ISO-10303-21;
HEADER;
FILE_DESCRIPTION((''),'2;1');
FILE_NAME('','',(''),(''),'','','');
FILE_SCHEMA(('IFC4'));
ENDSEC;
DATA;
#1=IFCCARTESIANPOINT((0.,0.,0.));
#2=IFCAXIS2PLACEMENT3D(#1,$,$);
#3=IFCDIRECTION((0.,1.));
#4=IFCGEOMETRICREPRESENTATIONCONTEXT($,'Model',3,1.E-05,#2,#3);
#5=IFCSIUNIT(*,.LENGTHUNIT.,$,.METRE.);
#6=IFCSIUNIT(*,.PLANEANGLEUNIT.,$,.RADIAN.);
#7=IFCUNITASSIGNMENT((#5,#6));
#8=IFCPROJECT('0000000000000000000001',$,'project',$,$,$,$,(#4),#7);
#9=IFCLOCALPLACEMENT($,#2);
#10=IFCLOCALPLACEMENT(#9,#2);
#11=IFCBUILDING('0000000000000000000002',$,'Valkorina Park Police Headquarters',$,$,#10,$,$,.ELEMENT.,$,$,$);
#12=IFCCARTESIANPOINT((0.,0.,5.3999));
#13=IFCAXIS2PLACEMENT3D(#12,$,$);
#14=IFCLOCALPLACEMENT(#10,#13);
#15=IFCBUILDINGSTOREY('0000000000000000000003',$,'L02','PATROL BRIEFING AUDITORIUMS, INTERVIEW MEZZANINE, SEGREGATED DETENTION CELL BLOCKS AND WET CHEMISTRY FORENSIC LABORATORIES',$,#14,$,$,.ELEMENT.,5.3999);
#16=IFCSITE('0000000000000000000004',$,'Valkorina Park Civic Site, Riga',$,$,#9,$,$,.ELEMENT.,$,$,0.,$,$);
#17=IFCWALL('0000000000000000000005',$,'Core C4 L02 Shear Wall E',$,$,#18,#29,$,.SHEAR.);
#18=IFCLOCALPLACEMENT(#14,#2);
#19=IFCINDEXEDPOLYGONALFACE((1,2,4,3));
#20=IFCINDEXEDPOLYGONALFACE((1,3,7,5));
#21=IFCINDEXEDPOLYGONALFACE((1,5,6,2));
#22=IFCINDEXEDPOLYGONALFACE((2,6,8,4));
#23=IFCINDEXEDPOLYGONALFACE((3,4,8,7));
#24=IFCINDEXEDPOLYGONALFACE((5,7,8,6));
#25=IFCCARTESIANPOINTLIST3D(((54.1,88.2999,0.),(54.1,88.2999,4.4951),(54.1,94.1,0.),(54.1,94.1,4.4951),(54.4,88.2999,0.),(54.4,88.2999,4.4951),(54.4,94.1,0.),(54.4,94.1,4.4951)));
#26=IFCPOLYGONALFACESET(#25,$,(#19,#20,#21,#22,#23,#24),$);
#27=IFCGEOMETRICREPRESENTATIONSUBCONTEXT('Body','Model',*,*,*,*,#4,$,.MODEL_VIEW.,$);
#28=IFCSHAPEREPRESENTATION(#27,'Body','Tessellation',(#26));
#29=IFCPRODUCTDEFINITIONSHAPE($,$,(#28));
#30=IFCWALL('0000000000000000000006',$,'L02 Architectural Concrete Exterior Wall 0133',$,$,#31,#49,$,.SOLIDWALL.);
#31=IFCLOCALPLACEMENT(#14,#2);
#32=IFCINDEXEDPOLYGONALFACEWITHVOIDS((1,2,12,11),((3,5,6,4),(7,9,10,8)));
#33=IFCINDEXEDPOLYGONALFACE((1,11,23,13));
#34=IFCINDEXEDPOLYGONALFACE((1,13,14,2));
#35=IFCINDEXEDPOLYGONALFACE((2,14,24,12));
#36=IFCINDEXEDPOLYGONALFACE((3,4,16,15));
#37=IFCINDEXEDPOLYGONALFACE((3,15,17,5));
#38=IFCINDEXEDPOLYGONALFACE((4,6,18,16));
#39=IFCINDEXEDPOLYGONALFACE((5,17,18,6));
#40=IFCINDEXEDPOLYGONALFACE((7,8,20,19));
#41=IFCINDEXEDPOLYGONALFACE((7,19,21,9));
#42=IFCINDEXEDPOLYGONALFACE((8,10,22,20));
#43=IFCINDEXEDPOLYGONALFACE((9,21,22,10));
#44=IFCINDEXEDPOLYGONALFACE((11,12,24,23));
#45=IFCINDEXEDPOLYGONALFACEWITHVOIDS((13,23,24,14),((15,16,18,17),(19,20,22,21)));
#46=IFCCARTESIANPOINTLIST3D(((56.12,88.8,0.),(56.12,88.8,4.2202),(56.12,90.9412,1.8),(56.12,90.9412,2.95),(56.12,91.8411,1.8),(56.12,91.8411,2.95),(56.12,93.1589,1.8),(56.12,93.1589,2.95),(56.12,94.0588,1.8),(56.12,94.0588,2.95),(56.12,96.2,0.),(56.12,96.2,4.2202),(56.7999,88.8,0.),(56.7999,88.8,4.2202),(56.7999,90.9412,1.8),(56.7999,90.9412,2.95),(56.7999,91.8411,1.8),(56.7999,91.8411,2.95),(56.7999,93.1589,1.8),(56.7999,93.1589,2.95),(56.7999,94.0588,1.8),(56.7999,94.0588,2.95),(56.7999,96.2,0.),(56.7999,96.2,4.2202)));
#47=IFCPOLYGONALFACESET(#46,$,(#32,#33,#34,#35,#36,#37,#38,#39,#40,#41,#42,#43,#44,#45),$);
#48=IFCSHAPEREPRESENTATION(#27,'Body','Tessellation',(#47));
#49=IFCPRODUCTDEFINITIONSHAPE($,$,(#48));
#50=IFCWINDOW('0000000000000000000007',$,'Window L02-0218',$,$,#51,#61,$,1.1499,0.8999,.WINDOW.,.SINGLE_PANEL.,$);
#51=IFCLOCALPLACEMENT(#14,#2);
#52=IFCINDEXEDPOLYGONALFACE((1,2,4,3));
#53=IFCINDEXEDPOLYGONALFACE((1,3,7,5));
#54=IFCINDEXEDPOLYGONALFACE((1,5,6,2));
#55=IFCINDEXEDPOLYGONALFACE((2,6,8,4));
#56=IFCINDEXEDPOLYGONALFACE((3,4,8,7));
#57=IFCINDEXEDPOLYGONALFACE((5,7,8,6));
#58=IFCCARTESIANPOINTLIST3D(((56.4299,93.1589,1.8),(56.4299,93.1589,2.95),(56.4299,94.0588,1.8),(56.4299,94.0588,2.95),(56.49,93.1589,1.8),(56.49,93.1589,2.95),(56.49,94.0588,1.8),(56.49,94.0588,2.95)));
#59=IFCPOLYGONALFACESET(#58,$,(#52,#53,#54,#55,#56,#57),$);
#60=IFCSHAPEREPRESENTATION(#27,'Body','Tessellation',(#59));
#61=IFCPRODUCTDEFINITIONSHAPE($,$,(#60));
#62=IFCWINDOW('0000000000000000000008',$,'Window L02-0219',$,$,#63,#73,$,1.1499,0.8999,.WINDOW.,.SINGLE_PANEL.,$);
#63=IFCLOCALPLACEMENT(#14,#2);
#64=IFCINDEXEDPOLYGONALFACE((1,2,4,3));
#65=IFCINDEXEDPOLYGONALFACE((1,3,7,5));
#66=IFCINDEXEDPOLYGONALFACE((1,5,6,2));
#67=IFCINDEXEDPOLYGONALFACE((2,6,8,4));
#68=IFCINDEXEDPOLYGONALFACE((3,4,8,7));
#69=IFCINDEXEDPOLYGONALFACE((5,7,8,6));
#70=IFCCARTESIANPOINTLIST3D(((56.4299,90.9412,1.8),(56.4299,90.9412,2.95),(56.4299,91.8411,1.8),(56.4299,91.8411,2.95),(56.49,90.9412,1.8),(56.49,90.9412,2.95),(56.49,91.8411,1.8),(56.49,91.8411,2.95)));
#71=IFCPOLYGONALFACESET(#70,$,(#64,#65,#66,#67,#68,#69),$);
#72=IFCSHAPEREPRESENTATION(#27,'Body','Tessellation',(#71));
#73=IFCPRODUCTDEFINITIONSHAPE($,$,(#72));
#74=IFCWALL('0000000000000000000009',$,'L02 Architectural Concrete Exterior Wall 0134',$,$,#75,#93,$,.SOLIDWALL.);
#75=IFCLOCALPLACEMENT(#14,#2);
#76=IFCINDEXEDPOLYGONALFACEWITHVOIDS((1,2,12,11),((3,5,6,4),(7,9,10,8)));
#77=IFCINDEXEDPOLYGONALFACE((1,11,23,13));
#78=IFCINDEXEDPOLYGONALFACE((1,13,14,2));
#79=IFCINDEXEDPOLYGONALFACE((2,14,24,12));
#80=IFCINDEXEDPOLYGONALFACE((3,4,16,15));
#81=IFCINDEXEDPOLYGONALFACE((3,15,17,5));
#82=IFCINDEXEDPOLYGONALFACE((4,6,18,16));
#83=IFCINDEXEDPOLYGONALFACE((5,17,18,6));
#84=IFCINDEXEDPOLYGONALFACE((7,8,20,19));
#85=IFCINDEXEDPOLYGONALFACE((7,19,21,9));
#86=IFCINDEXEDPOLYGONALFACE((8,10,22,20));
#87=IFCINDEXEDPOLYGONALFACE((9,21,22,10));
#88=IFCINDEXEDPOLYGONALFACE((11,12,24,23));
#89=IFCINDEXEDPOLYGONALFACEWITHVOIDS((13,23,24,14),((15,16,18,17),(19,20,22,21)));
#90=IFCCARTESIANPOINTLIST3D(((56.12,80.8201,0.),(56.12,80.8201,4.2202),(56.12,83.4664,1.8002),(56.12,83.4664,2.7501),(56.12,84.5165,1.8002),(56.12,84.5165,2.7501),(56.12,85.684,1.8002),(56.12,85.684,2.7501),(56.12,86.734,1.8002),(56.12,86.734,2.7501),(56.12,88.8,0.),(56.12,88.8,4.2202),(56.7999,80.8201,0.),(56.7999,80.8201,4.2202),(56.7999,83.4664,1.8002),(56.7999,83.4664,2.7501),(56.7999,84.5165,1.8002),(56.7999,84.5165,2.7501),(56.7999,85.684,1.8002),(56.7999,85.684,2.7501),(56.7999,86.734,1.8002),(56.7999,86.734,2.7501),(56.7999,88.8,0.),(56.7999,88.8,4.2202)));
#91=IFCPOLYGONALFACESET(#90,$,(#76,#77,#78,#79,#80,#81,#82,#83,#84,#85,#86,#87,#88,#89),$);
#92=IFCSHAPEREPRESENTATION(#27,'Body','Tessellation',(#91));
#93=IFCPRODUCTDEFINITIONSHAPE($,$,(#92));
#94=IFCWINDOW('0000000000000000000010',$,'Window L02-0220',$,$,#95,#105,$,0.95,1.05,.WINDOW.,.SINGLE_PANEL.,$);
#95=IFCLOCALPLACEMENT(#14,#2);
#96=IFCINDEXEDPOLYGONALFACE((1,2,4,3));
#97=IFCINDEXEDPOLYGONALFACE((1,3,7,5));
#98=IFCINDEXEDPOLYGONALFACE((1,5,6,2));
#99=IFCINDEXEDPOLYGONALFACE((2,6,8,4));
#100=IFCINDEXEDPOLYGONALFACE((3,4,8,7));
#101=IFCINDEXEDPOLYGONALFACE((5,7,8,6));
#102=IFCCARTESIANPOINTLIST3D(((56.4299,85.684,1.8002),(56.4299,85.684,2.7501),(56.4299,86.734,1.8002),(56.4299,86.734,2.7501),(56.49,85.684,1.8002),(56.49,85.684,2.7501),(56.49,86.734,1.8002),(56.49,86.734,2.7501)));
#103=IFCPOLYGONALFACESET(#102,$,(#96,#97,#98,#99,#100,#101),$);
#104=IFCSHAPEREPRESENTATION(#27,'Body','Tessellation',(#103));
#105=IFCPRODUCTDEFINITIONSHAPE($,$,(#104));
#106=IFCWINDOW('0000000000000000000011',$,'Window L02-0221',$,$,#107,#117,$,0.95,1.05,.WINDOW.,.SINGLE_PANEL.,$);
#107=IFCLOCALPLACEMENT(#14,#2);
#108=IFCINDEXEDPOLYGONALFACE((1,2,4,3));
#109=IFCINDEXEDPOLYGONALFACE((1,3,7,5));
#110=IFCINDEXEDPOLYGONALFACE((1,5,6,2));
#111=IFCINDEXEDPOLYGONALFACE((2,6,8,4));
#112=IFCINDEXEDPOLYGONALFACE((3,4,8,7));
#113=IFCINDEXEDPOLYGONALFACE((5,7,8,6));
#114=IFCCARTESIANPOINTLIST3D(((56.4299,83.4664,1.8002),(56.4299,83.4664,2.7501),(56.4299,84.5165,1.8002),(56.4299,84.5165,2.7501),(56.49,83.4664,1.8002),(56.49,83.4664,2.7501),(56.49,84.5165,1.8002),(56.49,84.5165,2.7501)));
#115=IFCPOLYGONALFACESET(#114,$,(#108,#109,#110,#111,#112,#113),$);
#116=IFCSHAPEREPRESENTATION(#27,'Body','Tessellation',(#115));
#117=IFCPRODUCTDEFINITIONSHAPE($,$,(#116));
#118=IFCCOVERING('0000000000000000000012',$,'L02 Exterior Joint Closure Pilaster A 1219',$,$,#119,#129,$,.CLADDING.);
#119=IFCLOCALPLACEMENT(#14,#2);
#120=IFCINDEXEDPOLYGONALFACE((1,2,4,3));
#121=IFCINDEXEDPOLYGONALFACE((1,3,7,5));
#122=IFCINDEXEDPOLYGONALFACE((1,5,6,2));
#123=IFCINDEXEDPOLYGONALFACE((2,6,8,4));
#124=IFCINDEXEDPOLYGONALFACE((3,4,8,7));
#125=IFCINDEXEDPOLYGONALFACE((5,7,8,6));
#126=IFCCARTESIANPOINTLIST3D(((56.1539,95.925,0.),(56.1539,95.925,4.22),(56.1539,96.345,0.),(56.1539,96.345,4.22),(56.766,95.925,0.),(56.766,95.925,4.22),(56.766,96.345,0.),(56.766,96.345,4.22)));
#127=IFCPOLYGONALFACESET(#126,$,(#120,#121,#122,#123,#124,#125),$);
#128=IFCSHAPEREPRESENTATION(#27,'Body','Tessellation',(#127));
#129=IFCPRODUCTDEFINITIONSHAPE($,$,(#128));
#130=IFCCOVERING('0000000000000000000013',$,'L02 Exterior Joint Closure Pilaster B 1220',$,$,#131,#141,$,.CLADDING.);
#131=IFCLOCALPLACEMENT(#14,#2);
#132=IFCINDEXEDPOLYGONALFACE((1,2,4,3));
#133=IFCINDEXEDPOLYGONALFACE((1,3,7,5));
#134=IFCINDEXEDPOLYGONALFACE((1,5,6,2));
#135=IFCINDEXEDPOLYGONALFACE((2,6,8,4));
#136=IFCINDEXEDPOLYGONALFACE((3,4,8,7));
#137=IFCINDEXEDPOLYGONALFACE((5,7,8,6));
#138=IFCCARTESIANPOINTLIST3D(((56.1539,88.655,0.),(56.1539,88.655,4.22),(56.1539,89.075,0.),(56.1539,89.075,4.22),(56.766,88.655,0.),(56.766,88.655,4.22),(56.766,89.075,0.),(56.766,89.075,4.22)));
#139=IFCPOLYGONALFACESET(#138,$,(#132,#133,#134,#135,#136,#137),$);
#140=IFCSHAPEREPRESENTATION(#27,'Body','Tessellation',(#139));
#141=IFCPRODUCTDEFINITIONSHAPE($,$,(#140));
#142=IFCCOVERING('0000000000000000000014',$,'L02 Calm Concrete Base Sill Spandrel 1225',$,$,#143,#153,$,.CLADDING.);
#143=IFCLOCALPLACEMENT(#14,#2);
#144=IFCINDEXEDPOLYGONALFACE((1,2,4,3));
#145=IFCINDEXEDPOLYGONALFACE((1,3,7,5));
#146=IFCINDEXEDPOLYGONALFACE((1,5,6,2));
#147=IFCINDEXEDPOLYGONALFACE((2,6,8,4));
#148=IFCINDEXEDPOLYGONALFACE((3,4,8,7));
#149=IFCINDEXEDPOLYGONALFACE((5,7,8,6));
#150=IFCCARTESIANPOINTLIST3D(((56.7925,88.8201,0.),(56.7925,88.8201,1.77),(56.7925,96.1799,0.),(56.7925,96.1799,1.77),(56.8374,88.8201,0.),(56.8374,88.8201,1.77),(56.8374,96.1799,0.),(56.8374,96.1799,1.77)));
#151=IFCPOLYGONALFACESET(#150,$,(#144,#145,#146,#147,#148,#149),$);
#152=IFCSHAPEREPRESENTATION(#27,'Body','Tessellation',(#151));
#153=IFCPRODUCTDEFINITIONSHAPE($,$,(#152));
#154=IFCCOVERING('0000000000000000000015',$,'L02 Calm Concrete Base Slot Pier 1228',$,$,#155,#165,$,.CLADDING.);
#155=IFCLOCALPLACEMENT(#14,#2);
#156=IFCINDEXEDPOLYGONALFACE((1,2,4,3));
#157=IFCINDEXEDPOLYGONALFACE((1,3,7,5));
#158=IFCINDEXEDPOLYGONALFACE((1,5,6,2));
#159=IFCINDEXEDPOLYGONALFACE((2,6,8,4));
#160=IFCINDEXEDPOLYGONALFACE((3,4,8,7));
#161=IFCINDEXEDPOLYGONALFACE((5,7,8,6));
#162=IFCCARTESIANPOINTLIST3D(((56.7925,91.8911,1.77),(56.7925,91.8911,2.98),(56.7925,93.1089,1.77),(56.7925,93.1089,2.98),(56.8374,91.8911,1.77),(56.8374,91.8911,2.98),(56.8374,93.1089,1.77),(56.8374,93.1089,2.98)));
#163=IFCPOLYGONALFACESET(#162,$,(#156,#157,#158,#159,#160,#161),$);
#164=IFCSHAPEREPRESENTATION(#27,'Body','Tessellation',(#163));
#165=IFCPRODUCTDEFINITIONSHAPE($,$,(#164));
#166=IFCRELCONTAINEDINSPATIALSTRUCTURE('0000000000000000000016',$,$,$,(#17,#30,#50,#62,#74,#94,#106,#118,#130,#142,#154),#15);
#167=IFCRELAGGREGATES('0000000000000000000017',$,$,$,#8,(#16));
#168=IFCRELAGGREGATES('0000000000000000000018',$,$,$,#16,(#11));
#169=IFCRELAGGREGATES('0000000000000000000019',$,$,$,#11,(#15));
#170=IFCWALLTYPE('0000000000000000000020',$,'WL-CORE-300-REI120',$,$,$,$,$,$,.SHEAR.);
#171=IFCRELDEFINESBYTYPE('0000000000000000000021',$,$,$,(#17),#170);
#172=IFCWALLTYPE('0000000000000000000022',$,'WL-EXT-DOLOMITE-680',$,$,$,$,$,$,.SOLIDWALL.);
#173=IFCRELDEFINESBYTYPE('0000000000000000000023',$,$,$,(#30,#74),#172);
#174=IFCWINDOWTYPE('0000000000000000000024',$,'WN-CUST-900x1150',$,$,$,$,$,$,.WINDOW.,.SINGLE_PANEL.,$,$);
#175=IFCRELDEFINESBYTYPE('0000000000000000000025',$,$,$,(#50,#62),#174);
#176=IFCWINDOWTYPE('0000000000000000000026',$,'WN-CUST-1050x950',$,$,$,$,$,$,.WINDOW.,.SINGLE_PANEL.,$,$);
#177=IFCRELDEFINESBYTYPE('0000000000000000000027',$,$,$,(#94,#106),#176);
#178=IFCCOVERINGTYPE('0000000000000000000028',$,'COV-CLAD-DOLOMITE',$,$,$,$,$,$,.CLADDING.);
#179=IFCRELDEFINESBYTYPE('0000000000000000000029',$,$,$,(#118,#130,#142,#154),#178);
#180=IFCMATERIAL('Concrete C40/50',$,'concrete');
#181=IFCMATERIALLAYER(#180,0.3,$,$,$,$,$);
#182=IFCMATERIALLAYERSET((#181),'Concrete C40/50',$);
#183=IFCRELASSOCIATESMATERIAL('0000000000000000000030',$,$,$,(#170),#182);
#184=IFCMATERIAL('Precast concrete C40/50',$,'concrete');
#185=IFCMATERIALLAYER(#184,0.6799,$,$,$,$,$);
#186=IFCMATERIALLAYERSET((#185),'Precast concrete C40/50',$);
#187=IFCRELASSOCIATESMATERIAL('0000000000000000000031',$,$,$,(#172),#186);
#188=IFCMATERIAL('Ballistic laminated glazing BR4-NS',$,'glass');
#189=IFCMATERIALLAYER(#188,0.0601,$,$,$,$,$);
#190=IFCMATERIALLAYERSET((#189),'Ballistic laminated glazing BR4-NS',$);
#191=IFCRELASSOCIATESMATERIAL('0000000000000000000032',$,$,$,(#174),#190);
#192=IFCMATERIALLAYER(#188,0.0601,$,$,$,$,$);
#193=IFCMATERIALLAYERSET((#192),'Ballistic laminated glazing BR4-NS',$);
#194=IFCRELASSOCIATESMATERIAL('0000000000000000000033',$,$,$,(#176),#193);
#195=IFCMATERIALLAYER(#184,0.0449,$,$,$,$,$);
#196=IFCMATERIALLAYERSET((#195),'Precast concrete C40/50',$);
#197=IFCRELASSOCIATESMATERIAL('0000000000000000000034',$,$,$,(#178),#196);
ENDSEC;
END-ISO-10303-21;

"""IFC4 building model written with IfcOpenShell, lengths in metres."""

from ifc_helpers import new_model, si_unit, direction, frame, frame_2d, origin, origin_2d, place, context, subcontext, project, spatial, rectangle, extrude, material, layer, layer_set, type_object, element, fill, save


model = new_model("IFC4")

# Units and contexts
model_context = context("Model", 3, precision=1e-05, world=origin(), true_north=direction((0.0, 1.0)))
body_context = subcontext(model_context, "Body", "Model", "MODEL_VIEW")
ifc_project = project(units=[si_unit("LENGTHUNIT", "METRE"), si_unit("PLANEANGLEUNIT", "RADIAN")], contexts=[model_context])

# Site, building, storey
site_placement = place(None, origin())
site = spatial("IfcSite", under=ifc_project, at=site_placement, Name="Valkorina Park Civic Site, Riga", CompositionType="ELEMENT", RefElevation=0.0)
building_placement = place(site_placement, origin())
building = spatial("IfcBuilding", under=site, at=building_placement, Name="Valkorina Park Police Headquarters", CompositionType="ELEMENT")
storey_placement = place(building_placement, frame((0.0, 0.0, 5.3999)))
storey = spatial("IfcBuildingStorey", under=building, at=storey_placement, Name="L02", Description="PATROL BRIEFING AUDITORIUMS, INTERVIEW MEZZANINE, SEGREGATED DETENTION CELL BLOCKS AND WET CHEMISTRY FORENSIC LABORATORIES", CompositionType="ELEMENT", Elevation=5.3999)

# Wall
ifc_material_1 = material(Name="Concrete C40/50", Category="concrete")
ifc_layer_1 = layer(ifc_material_1, 0.3)
ifc_layer_set_1 = layer_set([ifc_layer_1], Name="Concrete C40/50")
wall_type_1 = type_object("IfcWallType", Name="WL-CORE-300-REI120", PredefinedType="SHEAR", material=ifc_layer_set_1)
wall_1_placement = place(storey_placement, frame((54.25, 88.3, 0.0), z_axis=(0.0, 0.0, 1.0), x_axis=(0.0, 1.0, 0.0)))
element("IfcWall", 1, at=wall_1_placement, inside=storey, type_object=wall_type_1, Name="Core C4 L02 Shear Wall E", PredefinedType="SHEAR", context=body_context, shape_type="SweptSolid", body=[
    extrude(rectangle(XDim=5.8, YDim=0.3, at=frame_2d((2.8999, 0.0))), origin(), (0.0, 0.0, 1.0), 4.4951),
])

# Walls, openings, windows
ifc_material_2 = material(Name="Precast concrete C40/50", Category="concrete")
ifc_layer_2 = layer(ifc_material_2, 0.6799)
ifc_layer_set_2 = layer_set([ifc_layer_2], Name="Precast concrete C40/50")
wall_type_2 = type_object("IfcWallType", Name="WL-EXT-DOLOMITE-680", PredefinedType="SOLIDWALL", material=ifc_layer_set_2)
wall_2_placement = place(storey_placement, frame((56.46, 96.2, 0.0), z_axis=(0.0, 0.0, 1.0), x_axis=(0.0, -1.0, 0.0)))
wall_2 = element("IfcWall", 2, at=wall_2_placement, inside=storey, type_object=wall_type_2, Name="L02 Architectural Concrete Exterior Wall 0133", PredefinedType="SOLIDWALL", context=body_context, shape_type="SweptSolid", body=[
    extrude(rectangle(XDim=7.3999, YDim=0.6799, at=frame_2d((3.7, 0.0))), origin(), (0.0, 0.0, 1.0), 4.2202),
])
opening_1_placement = place(wall_2_placement, frame((2.1411, 0.0, 1.8)))
opening_1 = element("IfcOpeningElement", 3, at=opening_1_placement, cuts=wall_2, PredefinedType="OPENING", context=body_context, shape_type="SweptSolid", body=[
    extrude(rectangle(XDim=0.8999, YDim=1.1499, at=frame_2d((0.45, 0.575))), frame((0.0, 0.3501, 0.0), z_axis=(0.0, -1.0, 0.0), x_axis=(1.0, 0.0, 0.0)), (0.0, 0.0, 1.0), 0.7),
])
opening_2_placement = place(wall_2_placement, frame((4.3589, 0.0, 1.8)))
opening_2 = element("IfcOpeningElement", 4, at=opening_2_placement, cuts=wall_2, PredefinedType="OPENING", context=body_context, shape_type="SweptSolid", body=[
    extrude(rectangle(XDim=0.8999, YDim=1.1499, at=frame_2d((0.45, 0.575))), frame((0.0, 0.3501, 0.0), z_axis=(0.0, -1.0, 0.0), x_axis=(1.0, 0.0, 0.0)), (0.0, 0.0, 1.0), 0.7),
])
ifc_material_3 = material(Name="Ballistic laminated glazing BR4-NS", Category="glass")
ifc_layer_3 = layer(ifc_material_3, 0.0601)
ifc_layer_set_3 = layer_set([ifc_layer_3], Name="Ballistic laminated glazing BR4-NS")
window_type_1 = type_object("IfcWindowType", Name="WN-CUST-900x1150", PartitioningType="SINGLE_PANEL", PredefinedType="WINDOW", material=ifc_layer_set_3)
window_1_placement = place(opening_1_placement, origin())
window_1 = element("IfcWindow", 5, at=window_1_placement, inside=storey, type_object=window_type_1, Name="Window L02-0218", OverallHeight=1.1499, OverallWidth=0.8999, PartitioningType="SINGLE_PANEL", PredefinedType="WINDOW", context=body_context, shape_type="SweptSolid", body=[
    extrude(rectangle(XDim=0.8999, YDim=1.1499, at=frame_2d((0.45, 0.575))), frame((0.0, 0.03, 0.0), z_axis=(0.0, -1.0, 0.0), x_axis=(1.0, 0.0, 0.0)), (0.0, 0.0, 1.0), 0.0601),
])
fill(opening_1, window_1)
window_2_placement = place(opening_2_placement, origin())
window_2 = element("IfcWindow", 6, at=window_2_placement, inside=storey, type_object=window_type_1, Name="Window L02-0219", OverallHeight=1.1499, OverallWidth=0.8999, PartitioningType="SINGLE_PANEL", PredefinedType="WINDOW", context=body_context, shape_type="SweptSolid", body=[
    extrude(rectangle(XDim=0.8999, YDim=1.1499, at=frame_2d((0.45, 0.575))), frame((0.0, 0.03, 0.0), z_axis=(0.0, -1.0, 0.0), x_axis=(1.0, 0.0, 0.0)), (0.0, 0.0, 1.0), 0.0601),
])
fill(opening_2, window_2)
wall_3_placement = place(storey_placement, frame((56.46, 88.8, 0.0), z_axis=(0.0, 0.0, 1.0), x_axis=(0.0, -1.0, 0.0)))
wall_3 = element("IfcWall", 7, at=wall_3_placement, inside=storey, type_object=wall_type_2, Name="L02 Architectural Concrete Exterior Wall 0134", PredefinedType="SOLIDWALL", context=body_context, shape_type="SweptSolid", body=[
    extrude(rectangle(XDim=7.98, YDim=0.6799, at=frame_2d((3.99, 0.0))), origin(), (0.0, 0.0, 1.0), 4.2202),
])
opening_3_placement = place(wall_3_placement, frame((2.0662, 0.0, 1.8)))
opening_3 = element("IfcOpeningElement", 8, at=opening_3_placement, cuts=wall_3, PredefinedType="OPENING", context=body_context, shape_type="SweptSolid", body=[
    extrude(rectangle(XDim=1.05, YDim=0.95, at=frame_2d((0.5249, 0.4751))), frame((0.0, 0.3501, 0.0), z_axis=(0.0, -1.0, 0.0), x_axis=(1.0, 0.0, 0.0)), (0.0, 0.0, 1.0), 0.7),
])
opening_4_placement = place(wall_3_placement, frame((4.2837, 0.0, 1.8)))
opening_4 = element("IfcOpeningElement", 9, at=opening_4_placement, cuts=wall_3, PredefinedType="OPENING", context=body_context, shape_type="SweptSolid", body=[
    extrude(rectangle(XDim=1.05, YDim=0.95, at=frame_2d((0.5249, 0.4751))), frame((0.0, 0.3501, 0.0), z_axis=(0.0, -1.0, 0.0), x_axis=(1.0, 0.0, 0.0)), (0.0, 0.0, 1.0), 0.7),
])
ifc_layer_4 = layer(ifc_material_3, 0.0601)
ifc_layer_set_4 = layer_set([ifc_layer_4], Name="Ballistic laminated glazing BR4-NS")
window_type_2 = type_object("IfcWindowType", Name="WN-CUST-1050x950", PartitioningType="SINGLE_PANEL", PredefinedType="WINDOW", material=ifc_layer_set_4)
window_3_placement = place(opening_3_placement, origin())
window_3 = element("IfcWindow", 10, at=window_3_placement, inside=storey, type_object=window_type_2, Name="Window L02-0220", OverallHeight=0.95, OverallWidth=1.05, PartitioningType="SINGLE_PANEL", PredefinedType="WINDOW", context=body_context, shape_type="SweptSolid", body=[
    extrude(rectangle(XDim=1.05, YDim=0.95, at=frame_2d((0.5249, 0.4751))), frame((0.0, 0.03, 0.0), z_axis=(0.0, -1.0, 0.0), x_axis=(1.0, 0.0, 0.0)), (0.0, 0.0, 1.0), 0.0601),
])
fill(opening_3, window_3)
window_4_placement = place(opening_4_placement, origin())
window_4 = element("IfcWindow", 11, at=window_4_placement, inside=storey, type_object=window_type_2, Name="Window L02-0221", OverallHeight=0.95, OverallWidth=1.05, PartitioningType="SINGLE_PANEL", PredefinedType="WINDOW", context=body_context, shape_type="SweptSolid", body=[
    extrude(rectangle(XDim=1.05, YDim=0.95, at=frame_2d((0.5249, 0.4751))), frame((0.0, 0.03, 0.0), z_axis=(0.0, -1.0, 0.0), x_axis=(1.0, 0.0, 0.0)), (0.0, 0.0, 1.0), 0.0601),
])
fill(opening_4, window_4)

# Coverings
ifc_layer_5 = layer(ifc_material_2, 0.0449)
ifc_layer_set_5 = layer_set([ifc_layer_5], Name="Precast concrete C40/50")
covering_type = type_object("IfcCoveringType", Name="COV-CLAD-DOLOMITE", PredefinedType="CLADDING", material=ifc_layer_set_5)
for number, where, z_axis, x_axis, name in (
    (12, (56.46, 96.135, 0.0), (0.0, 0.0, 1.0), (0.0, 1.0, 0.0), "L02 Exterior Joint Closure Pilaster A 1219"),
    (13, (56.46, 88.865, 0.0), (0.0, 0.0, 1.0), (0.0, 1.0, 0.0), "L02 Exterior Joint Closure Pilaster B 1220"),
):
    element("IfcCovering", number, at=place(storey_placement, frame(where, z_axis=z_axis, x_axis=x_axis)), inside=storey, type_object=covering_type, Name=name, PredefinedType="CLADDING", context=body_context, shape_type="SweptSolid", body=[
        extrude(rectangle(XDim=0.4199, YDim=0.6121, at=origin_2d()), origin(), (0.0, 0.0, 1.0), 4.22),
    ])
covering_1_placement = place(storey_placement, frame((56.8149, 96.1799, 0.0), z_axis=(0.0, 0.0, 1.0), x_axis=(0.0, -1.0, 0.0)))
element("IfcCovering", 14, at=covering_1_placement, inside=storey, type_object=covering_type, Name="L02 Calm Concrete Base Sill Spandrel 1225", PredefinedType="CLADDING", context=body_context, shape_type="SweptSolid", body=[
    extrude(rectangle(XDim=7.3599, YDim=0.0449, at=frame_2d((3.6799, 0.0))), origin(), (0.0, 0.0, 1.0), 1.77),
])
covering_2_placement = place(storey_placement, frame((56.8149, 93.1089, 1.77), z_axis=(0.0, 0.0, 1.0), x_axis=(0.0, -1.0, 0.0)))
element("IfcCovering", 15, at=covering_2_placement, inside=storey, type_object=covering_type, Name="L02 Calm Concrete Base Slot Pier 1228", PredefinedType="CLADDING", context=body_context, shape_type="SweptSolid", body=[
    extrude(rectangle(XDim=1.2178, YDim=0.0449, at=frame_2d((0.6089, 0.0))), origin(), (0.0, 0.0, 1.0), 1.21),
])

save(model, "model.ifc")
